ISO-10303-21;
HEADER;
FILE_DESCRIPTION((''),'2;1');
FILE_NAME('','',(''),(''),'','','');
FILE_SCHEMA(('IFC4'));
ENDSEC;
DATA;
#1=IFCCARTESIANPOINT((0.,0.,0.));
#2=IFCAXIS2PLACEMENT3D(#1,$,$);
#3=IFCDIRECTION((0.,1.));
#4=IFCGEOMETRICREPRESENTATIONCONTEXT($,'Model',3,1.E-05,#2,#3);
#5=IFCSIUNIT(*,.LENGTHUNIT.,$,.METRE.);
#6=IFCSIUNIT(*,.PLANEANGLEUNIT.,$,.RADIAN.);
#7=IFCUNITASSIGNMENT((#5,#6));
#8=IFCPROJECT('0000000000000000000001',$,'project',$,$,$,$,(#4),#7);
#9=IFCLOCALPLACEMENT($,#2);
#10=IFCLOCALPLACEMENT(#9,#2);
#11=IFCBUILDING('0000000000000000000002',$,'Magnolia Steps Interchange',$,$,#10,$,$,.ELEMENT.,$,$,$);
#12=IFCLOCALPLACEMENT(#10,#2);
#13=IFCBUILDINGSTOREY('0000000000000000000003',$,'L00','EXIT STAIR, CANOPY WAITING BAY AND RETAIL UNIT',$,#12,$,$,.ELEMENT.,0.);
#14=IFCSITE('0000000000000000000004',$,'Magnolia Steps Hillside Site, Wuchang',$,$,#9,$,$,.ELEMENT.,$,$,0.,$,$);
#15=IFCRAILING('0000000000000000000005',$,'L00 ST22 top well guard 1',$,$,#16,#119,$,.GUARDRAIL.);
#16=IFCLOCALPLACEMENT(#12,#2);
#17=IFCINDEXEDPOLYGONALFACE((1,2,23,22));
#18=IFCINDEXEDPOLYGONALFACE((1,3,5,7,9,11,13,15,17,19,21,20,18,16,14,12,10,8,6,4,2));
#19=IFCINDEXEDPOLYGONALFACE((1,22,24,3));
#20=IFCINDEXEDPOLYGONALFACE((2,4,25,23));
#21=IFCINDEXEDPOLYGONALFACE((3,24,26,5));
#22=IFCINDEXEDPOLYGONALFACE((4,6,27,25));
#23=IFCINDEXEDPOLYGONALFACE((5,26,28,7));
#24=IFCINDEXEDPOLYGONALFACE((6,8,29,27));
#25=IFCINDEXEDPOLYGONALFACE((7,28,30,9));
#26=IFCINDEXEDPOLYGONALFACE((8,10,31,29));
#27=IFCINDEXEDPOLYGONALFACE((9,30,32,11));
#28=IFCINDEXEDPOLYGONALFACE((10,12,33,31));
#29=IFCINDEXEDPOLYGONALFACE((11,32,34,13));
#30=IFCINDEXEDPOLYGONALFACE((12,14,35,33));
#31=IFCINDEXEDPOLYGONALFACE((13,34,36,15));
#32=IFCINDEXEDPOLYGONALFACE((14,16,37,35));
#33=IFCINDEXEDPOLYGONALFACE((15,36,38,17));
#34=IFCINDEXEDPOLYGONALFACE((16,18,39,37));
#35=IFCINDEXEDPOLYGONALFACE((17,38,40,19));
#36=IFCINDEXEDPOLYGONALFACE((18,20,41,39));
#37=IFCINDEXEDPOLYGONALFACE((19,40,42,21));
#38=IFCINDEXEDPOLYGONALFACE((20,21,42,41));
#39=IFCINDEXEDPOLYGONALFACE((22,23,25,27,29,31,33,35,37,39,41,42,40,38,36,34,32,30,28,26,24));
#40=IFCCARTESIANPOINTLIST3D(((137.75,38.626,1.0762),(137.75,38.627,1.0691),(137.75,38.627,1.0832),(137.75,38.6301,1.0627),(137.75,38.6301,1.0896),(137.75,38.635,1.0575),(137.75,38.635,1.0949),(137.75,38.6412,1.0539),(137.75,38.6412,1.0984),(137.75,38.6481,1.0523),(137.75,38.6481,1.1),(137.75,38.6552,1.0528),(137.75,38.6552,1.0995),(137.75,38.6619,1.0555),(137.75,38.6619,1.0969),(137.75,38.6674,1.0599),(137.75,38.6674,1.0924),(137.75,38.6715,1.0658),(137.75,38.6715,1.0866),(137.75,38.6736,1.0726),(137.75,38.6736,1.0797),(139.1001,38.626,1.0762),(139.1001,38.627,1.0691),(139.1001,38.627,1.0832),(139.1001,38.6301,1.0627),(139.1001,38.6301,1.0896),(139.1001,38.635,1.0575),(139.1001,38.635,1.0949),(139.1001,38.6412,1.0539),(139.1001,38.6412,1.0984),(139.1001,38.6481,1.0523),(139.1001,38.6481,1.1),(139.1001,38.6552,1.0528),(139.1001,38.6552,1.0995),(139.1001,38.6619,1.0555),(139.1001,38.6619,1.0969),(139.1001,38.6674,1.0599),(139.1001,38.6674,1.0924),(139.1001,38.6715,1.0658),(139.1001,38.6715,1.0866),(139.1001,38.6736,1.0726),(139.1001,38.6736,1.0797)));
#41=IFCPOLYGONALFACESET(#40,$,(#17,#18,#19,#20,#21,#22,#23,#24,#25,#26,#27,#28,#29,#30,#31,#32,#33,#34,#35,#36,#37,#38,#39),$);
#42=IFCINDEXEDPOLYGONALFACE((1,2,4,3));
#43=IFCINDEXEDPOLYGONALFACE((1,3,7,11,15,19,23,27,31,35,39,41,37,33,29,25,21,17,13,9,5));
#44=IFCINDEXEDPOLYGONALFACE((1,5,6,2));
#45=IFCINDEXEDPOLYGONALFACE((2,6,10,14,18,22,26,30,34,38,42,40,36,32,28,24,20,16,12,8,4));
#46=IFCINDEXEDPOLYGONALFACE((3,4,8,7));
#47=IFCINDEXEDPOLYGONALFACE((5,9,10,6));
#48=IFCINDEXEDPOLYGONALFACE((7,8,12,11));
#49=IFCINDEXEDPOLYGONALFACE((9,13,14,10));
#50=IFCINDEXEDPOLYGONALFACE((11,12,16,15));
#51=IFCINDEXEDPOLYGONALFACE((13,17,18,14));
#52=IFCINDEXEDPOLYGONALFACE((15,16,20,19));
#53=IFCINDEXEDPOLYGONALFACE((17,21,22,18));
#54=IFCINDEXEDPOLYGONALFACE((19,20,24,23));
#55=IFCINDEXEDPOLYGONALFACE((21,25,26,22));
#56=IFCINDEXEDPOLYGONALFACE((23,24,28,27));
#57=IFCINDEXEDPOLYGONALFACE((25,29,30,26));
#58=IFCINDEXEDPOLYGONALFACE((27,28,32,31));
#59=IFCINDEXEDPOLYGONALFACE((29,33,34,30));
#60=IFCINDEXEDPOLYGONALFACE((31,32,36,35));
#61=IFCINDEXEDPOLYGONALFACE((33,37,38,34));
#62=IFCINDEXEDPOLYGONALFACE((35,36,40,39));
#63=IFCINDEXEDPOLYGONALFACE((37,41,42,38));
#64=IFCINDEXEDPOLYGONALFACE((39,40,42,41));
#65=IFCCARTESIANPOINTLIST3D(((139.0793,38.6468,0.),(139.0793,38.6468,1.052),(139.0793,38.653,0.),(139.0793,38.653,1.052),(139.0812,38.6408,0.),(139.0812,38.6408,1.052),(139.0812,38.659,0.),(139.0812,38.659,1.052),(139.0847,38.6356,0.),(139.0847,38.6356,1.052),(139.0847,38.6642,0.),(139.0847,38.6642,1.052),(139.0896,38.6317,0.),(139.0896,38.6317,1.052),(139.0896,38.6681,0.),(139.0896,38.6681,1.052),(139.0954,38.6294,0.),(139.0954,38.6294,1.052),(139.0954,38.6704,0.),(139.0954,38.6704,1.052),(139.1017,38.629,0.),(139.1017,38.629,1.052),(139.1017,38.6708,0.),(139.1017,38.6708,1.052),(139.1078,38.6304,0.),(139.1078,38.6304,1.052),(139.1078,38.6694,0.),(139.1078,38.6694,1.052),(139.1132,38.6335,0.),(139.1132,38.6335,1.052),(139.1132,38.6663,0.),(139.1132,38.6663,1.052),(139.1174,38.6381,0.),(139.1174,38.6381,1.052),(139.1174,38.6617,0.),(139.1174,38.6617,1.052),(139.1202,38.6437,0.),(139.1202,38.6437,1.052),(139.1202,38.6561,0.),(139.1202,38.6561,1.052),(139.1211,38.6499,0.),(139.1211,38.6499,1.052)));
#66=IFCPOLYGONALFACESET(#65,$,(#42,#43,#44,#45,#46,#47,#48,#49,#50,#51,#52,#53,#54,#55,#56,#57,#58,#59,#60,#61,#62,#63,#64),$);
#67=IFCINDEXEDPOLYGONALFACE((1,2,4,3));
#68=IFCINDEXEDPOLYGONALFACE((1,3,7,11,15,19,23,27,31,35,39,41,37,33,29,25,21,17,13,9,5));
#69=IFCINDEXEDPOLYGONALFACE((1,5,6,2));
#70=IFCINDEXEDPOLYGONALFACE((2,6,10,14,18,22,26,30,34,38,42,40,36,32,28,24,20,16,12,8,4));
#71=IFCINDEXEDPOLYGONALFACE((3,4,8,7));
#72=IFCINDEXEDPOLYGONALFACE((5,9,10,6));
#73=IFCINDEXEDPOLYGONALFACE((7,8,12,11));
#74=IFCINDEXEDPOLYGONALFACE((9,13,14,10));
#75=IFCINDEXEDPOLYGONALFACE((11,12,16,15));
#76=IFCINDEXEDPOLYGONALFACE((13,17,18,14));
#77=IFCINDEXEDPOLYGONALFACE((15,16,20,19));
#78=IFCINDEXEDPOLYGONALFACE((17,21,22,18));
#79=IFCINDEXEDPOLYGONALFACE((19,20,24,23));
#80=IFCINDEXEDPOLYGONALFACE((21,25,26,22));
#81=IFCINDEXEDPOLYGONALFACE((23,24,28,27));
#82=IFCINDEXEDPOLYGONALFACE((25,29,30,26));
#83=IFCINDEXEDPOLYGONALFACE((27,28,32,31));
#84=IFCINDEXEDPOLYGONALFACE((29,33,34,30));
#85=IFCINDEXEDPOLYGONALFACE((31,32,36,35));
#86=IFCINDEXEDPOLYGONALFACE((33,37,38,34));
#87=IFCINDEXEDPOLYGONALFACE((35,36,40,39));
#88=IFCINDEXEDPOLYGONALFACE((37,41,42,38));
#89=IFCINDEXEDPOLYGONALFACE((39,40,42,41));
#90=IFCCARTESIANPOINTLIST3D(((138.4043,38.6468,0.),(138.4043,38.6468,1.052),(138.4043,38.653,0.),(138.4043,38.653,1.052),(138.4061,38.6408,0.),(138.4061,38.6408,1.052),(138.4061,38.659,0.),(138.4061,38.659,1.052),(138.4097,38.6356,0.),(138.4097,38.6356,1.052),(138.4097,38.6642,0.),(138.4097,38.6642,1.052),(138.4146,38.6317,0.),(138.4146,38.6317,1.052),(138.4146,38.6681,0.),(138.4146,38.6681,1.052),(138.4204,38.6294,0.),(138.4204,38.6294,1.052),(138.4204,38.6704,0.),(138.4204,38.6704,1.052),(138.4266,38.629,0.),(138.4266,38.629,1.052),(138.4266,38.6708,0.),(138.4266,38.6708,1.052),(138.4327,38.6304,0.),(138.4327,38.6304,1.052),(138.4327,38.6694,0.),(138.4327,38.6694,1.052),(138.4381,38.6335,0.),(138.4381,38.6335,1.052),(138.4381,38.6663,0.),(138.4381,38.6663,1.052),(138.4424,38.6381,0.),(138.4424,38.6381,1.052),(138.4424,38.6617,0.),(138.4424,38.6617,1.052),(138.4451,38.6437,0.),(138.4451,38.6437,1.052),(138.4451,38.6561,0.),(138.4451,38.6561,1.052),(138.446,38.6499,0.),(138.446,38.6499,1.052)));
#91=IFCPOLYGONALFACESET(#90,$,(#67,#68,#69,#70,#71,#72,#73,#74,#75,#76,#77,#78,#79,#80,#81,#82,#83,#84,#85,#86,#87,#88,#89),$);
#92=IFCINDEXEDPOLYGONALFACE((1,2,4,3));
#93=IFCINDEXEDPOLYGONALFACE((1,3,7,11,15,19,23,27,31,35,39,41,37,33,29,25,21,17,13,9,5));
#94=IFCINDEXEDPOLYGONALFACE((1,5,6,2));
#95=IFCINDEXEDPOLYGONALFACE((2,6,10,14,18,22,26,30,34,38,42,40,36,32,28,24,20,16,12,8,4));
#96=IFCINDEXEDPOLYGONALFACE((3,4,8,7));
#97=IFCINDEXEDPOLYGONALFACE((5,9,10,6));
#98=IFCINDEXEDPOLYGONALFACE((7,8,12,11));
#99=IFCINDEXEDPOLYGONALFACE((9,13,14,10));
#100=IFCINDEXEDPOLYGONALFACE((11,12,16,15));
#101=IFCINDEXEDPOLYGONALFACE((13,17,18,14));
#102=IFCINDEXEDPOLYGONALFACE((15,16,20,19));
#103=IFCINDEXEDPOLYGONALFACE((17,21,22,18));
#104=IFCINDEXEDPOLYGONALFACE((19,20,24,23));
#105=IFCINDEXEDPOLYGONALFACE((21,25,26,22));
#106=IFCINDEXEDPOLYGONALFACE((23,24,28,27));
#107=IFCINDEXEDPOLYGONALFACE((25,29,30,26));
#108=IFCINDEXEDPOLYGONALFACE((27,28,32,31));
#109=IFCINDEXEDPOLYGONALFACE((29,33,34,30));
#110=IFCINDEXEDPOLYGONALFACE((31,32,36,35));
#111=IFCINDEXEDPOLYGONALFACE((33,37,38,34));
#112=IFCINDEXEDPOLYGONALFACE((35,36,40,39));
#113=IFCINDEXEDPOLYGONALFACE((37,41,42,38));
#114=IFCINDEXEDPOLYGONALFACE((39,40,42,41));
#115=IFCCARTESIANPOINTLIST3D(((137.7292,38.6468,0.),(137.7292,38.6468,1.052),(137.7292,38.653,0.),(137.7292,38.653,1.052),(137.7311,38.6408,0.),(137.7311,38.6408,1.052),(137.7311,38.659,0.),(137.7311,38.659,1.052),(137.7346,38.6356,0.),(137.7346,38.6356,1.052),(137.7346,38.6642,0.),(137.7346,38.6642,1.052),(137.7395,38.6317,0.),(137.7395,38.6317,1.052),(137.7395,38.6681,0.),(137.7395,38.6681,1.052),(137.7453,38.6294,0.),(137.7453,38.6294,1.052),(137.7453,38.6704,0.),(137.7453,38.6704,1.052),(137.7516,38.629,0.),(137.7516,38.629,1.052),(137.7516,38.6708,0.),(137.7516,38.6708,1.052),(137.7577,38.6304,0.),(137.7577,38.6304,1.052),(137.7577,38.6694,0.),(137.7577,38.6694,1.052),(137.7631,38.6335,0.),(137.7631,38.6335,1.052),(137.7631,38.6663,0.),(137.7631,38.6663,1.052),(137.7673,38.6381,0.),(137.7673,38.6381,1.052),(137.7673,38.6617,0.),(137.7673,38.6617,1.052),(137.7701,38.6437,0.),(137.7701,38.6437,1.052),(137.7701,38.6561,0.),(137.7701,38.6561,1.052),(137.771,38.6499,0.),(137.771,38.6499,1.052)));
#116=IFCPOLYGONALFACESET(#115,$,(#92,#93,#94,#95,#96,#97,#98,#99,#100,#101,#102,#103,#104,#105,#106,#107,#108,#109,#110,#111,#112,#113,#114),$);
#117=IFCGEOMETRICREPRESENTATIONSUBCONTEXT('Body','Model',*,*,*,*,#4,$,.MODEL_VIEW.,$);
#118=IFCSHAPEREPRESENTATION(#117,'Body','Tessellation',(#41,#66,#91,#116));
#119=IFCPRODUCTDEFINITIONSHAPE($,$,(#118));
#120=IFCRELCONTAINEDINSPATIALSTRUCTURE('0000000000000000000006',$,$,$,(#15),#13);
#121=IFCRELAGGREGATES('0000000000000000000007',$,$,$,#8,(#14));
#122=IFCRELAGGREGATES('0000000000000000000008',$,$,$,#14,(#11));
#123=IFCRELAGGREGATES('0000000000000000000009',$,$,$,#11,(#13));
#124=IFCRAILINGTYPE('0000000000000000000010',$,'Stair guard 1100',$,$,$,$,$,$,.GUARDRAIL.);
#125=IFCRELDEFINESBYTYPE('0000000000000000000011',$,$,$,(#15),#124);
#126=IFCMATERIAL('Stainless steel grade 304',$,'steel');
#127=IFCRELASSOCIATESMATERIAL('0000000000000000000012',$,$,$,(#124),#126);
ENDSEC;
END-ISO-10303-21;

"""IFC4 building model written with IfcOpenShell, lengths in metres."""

from ifc_helpers import new_model, si_unit, direction, frame, origin, origin_2d, place, context, subcontext, project, spatial, circle, extrude, material, type_object, element, save


model = new_model("IFC4")

# Units and contexts
model_context = context("Model", 3, precision=1e-05, world=origin(), true_north=direction((0.0, 1.0)))
body_context = subcontext(model_context, "Body", "Model", "MODEL_VIEW")
ifc_project = project(units=[si_unit("LENGTHUNIT", "METRE"), si_unit("PLANEANGLEUNIT", "RADIAN")], contexts=[model_context])

# Site, building, storey
site_placement = place(None, origin())
site = spatial("IfcSite", under=ifc_project, at=site_placement, Name="Magnolia Steps Hillside Site, Wuchang", CompositionType="ELEMENT", RefElevation=0.0)
building_placement = place(site_placement, origin())
building = spatial("IfcBuilding", under=site, at=building_placement, Name="Magnolia Steps Interchange", CompositionType="ELEMENT")
storey_placement = place(building_placement, origin())
storey = spatial("IfcBuildingStorey", under=building, at=storey_placement, Name="L00", Description="EXIT STAIR, CANOPY WAITING BAY AND RETAIL UNIT", CompositionType="ELEMENT", Elevation=0.0)

# Railing
ifc_material_1 = material(Name="Stainless steel grade 304", Category="steel")
railing_type = type_object("IfcRailingType", Name="Stair guard 1100", PredefinedType="GUARDRAIL", material=ifc_material_1)
railing_placement = place(storey_placement, frame((139.1001, 38.6499, 0.0)))
element("IfcRailing", 1, at=railing_placement, inside=storey, type_object=railing_type, Name="L00 ST22 top well guard 1", PredefinedType="GUARDRAIL", context=body_context, shape_type="SweptSolid", body=[
    extrude(circle(Radius=0.0239, at=origin_2d()), frame((0.0, 0.0, 1.0762), z_axis=(-1.0, 0.0, 0.0), x_axis=(0.0, -1.0, 0.0)), (0.0, 0.0, 1.0), 1.3501),
    extrude(circle(Radius=0.021, at=origin_2d()), origin(), (0.0, 0.0, 1.0), 1.052),
    extrude(circle(Radius=0.021, at=origin_2d()), frame((-0.675, 0.0, 0.0)), (0.0, 0.0, 1.0), 1.052),
    extrude(circle(Radius=0.021, at=origin_2d()), frame((-1.3501, 0.0, 0.0)), (0.0, 0.0, 1.0), 1.052),
])

save(model, "model.ifc")
